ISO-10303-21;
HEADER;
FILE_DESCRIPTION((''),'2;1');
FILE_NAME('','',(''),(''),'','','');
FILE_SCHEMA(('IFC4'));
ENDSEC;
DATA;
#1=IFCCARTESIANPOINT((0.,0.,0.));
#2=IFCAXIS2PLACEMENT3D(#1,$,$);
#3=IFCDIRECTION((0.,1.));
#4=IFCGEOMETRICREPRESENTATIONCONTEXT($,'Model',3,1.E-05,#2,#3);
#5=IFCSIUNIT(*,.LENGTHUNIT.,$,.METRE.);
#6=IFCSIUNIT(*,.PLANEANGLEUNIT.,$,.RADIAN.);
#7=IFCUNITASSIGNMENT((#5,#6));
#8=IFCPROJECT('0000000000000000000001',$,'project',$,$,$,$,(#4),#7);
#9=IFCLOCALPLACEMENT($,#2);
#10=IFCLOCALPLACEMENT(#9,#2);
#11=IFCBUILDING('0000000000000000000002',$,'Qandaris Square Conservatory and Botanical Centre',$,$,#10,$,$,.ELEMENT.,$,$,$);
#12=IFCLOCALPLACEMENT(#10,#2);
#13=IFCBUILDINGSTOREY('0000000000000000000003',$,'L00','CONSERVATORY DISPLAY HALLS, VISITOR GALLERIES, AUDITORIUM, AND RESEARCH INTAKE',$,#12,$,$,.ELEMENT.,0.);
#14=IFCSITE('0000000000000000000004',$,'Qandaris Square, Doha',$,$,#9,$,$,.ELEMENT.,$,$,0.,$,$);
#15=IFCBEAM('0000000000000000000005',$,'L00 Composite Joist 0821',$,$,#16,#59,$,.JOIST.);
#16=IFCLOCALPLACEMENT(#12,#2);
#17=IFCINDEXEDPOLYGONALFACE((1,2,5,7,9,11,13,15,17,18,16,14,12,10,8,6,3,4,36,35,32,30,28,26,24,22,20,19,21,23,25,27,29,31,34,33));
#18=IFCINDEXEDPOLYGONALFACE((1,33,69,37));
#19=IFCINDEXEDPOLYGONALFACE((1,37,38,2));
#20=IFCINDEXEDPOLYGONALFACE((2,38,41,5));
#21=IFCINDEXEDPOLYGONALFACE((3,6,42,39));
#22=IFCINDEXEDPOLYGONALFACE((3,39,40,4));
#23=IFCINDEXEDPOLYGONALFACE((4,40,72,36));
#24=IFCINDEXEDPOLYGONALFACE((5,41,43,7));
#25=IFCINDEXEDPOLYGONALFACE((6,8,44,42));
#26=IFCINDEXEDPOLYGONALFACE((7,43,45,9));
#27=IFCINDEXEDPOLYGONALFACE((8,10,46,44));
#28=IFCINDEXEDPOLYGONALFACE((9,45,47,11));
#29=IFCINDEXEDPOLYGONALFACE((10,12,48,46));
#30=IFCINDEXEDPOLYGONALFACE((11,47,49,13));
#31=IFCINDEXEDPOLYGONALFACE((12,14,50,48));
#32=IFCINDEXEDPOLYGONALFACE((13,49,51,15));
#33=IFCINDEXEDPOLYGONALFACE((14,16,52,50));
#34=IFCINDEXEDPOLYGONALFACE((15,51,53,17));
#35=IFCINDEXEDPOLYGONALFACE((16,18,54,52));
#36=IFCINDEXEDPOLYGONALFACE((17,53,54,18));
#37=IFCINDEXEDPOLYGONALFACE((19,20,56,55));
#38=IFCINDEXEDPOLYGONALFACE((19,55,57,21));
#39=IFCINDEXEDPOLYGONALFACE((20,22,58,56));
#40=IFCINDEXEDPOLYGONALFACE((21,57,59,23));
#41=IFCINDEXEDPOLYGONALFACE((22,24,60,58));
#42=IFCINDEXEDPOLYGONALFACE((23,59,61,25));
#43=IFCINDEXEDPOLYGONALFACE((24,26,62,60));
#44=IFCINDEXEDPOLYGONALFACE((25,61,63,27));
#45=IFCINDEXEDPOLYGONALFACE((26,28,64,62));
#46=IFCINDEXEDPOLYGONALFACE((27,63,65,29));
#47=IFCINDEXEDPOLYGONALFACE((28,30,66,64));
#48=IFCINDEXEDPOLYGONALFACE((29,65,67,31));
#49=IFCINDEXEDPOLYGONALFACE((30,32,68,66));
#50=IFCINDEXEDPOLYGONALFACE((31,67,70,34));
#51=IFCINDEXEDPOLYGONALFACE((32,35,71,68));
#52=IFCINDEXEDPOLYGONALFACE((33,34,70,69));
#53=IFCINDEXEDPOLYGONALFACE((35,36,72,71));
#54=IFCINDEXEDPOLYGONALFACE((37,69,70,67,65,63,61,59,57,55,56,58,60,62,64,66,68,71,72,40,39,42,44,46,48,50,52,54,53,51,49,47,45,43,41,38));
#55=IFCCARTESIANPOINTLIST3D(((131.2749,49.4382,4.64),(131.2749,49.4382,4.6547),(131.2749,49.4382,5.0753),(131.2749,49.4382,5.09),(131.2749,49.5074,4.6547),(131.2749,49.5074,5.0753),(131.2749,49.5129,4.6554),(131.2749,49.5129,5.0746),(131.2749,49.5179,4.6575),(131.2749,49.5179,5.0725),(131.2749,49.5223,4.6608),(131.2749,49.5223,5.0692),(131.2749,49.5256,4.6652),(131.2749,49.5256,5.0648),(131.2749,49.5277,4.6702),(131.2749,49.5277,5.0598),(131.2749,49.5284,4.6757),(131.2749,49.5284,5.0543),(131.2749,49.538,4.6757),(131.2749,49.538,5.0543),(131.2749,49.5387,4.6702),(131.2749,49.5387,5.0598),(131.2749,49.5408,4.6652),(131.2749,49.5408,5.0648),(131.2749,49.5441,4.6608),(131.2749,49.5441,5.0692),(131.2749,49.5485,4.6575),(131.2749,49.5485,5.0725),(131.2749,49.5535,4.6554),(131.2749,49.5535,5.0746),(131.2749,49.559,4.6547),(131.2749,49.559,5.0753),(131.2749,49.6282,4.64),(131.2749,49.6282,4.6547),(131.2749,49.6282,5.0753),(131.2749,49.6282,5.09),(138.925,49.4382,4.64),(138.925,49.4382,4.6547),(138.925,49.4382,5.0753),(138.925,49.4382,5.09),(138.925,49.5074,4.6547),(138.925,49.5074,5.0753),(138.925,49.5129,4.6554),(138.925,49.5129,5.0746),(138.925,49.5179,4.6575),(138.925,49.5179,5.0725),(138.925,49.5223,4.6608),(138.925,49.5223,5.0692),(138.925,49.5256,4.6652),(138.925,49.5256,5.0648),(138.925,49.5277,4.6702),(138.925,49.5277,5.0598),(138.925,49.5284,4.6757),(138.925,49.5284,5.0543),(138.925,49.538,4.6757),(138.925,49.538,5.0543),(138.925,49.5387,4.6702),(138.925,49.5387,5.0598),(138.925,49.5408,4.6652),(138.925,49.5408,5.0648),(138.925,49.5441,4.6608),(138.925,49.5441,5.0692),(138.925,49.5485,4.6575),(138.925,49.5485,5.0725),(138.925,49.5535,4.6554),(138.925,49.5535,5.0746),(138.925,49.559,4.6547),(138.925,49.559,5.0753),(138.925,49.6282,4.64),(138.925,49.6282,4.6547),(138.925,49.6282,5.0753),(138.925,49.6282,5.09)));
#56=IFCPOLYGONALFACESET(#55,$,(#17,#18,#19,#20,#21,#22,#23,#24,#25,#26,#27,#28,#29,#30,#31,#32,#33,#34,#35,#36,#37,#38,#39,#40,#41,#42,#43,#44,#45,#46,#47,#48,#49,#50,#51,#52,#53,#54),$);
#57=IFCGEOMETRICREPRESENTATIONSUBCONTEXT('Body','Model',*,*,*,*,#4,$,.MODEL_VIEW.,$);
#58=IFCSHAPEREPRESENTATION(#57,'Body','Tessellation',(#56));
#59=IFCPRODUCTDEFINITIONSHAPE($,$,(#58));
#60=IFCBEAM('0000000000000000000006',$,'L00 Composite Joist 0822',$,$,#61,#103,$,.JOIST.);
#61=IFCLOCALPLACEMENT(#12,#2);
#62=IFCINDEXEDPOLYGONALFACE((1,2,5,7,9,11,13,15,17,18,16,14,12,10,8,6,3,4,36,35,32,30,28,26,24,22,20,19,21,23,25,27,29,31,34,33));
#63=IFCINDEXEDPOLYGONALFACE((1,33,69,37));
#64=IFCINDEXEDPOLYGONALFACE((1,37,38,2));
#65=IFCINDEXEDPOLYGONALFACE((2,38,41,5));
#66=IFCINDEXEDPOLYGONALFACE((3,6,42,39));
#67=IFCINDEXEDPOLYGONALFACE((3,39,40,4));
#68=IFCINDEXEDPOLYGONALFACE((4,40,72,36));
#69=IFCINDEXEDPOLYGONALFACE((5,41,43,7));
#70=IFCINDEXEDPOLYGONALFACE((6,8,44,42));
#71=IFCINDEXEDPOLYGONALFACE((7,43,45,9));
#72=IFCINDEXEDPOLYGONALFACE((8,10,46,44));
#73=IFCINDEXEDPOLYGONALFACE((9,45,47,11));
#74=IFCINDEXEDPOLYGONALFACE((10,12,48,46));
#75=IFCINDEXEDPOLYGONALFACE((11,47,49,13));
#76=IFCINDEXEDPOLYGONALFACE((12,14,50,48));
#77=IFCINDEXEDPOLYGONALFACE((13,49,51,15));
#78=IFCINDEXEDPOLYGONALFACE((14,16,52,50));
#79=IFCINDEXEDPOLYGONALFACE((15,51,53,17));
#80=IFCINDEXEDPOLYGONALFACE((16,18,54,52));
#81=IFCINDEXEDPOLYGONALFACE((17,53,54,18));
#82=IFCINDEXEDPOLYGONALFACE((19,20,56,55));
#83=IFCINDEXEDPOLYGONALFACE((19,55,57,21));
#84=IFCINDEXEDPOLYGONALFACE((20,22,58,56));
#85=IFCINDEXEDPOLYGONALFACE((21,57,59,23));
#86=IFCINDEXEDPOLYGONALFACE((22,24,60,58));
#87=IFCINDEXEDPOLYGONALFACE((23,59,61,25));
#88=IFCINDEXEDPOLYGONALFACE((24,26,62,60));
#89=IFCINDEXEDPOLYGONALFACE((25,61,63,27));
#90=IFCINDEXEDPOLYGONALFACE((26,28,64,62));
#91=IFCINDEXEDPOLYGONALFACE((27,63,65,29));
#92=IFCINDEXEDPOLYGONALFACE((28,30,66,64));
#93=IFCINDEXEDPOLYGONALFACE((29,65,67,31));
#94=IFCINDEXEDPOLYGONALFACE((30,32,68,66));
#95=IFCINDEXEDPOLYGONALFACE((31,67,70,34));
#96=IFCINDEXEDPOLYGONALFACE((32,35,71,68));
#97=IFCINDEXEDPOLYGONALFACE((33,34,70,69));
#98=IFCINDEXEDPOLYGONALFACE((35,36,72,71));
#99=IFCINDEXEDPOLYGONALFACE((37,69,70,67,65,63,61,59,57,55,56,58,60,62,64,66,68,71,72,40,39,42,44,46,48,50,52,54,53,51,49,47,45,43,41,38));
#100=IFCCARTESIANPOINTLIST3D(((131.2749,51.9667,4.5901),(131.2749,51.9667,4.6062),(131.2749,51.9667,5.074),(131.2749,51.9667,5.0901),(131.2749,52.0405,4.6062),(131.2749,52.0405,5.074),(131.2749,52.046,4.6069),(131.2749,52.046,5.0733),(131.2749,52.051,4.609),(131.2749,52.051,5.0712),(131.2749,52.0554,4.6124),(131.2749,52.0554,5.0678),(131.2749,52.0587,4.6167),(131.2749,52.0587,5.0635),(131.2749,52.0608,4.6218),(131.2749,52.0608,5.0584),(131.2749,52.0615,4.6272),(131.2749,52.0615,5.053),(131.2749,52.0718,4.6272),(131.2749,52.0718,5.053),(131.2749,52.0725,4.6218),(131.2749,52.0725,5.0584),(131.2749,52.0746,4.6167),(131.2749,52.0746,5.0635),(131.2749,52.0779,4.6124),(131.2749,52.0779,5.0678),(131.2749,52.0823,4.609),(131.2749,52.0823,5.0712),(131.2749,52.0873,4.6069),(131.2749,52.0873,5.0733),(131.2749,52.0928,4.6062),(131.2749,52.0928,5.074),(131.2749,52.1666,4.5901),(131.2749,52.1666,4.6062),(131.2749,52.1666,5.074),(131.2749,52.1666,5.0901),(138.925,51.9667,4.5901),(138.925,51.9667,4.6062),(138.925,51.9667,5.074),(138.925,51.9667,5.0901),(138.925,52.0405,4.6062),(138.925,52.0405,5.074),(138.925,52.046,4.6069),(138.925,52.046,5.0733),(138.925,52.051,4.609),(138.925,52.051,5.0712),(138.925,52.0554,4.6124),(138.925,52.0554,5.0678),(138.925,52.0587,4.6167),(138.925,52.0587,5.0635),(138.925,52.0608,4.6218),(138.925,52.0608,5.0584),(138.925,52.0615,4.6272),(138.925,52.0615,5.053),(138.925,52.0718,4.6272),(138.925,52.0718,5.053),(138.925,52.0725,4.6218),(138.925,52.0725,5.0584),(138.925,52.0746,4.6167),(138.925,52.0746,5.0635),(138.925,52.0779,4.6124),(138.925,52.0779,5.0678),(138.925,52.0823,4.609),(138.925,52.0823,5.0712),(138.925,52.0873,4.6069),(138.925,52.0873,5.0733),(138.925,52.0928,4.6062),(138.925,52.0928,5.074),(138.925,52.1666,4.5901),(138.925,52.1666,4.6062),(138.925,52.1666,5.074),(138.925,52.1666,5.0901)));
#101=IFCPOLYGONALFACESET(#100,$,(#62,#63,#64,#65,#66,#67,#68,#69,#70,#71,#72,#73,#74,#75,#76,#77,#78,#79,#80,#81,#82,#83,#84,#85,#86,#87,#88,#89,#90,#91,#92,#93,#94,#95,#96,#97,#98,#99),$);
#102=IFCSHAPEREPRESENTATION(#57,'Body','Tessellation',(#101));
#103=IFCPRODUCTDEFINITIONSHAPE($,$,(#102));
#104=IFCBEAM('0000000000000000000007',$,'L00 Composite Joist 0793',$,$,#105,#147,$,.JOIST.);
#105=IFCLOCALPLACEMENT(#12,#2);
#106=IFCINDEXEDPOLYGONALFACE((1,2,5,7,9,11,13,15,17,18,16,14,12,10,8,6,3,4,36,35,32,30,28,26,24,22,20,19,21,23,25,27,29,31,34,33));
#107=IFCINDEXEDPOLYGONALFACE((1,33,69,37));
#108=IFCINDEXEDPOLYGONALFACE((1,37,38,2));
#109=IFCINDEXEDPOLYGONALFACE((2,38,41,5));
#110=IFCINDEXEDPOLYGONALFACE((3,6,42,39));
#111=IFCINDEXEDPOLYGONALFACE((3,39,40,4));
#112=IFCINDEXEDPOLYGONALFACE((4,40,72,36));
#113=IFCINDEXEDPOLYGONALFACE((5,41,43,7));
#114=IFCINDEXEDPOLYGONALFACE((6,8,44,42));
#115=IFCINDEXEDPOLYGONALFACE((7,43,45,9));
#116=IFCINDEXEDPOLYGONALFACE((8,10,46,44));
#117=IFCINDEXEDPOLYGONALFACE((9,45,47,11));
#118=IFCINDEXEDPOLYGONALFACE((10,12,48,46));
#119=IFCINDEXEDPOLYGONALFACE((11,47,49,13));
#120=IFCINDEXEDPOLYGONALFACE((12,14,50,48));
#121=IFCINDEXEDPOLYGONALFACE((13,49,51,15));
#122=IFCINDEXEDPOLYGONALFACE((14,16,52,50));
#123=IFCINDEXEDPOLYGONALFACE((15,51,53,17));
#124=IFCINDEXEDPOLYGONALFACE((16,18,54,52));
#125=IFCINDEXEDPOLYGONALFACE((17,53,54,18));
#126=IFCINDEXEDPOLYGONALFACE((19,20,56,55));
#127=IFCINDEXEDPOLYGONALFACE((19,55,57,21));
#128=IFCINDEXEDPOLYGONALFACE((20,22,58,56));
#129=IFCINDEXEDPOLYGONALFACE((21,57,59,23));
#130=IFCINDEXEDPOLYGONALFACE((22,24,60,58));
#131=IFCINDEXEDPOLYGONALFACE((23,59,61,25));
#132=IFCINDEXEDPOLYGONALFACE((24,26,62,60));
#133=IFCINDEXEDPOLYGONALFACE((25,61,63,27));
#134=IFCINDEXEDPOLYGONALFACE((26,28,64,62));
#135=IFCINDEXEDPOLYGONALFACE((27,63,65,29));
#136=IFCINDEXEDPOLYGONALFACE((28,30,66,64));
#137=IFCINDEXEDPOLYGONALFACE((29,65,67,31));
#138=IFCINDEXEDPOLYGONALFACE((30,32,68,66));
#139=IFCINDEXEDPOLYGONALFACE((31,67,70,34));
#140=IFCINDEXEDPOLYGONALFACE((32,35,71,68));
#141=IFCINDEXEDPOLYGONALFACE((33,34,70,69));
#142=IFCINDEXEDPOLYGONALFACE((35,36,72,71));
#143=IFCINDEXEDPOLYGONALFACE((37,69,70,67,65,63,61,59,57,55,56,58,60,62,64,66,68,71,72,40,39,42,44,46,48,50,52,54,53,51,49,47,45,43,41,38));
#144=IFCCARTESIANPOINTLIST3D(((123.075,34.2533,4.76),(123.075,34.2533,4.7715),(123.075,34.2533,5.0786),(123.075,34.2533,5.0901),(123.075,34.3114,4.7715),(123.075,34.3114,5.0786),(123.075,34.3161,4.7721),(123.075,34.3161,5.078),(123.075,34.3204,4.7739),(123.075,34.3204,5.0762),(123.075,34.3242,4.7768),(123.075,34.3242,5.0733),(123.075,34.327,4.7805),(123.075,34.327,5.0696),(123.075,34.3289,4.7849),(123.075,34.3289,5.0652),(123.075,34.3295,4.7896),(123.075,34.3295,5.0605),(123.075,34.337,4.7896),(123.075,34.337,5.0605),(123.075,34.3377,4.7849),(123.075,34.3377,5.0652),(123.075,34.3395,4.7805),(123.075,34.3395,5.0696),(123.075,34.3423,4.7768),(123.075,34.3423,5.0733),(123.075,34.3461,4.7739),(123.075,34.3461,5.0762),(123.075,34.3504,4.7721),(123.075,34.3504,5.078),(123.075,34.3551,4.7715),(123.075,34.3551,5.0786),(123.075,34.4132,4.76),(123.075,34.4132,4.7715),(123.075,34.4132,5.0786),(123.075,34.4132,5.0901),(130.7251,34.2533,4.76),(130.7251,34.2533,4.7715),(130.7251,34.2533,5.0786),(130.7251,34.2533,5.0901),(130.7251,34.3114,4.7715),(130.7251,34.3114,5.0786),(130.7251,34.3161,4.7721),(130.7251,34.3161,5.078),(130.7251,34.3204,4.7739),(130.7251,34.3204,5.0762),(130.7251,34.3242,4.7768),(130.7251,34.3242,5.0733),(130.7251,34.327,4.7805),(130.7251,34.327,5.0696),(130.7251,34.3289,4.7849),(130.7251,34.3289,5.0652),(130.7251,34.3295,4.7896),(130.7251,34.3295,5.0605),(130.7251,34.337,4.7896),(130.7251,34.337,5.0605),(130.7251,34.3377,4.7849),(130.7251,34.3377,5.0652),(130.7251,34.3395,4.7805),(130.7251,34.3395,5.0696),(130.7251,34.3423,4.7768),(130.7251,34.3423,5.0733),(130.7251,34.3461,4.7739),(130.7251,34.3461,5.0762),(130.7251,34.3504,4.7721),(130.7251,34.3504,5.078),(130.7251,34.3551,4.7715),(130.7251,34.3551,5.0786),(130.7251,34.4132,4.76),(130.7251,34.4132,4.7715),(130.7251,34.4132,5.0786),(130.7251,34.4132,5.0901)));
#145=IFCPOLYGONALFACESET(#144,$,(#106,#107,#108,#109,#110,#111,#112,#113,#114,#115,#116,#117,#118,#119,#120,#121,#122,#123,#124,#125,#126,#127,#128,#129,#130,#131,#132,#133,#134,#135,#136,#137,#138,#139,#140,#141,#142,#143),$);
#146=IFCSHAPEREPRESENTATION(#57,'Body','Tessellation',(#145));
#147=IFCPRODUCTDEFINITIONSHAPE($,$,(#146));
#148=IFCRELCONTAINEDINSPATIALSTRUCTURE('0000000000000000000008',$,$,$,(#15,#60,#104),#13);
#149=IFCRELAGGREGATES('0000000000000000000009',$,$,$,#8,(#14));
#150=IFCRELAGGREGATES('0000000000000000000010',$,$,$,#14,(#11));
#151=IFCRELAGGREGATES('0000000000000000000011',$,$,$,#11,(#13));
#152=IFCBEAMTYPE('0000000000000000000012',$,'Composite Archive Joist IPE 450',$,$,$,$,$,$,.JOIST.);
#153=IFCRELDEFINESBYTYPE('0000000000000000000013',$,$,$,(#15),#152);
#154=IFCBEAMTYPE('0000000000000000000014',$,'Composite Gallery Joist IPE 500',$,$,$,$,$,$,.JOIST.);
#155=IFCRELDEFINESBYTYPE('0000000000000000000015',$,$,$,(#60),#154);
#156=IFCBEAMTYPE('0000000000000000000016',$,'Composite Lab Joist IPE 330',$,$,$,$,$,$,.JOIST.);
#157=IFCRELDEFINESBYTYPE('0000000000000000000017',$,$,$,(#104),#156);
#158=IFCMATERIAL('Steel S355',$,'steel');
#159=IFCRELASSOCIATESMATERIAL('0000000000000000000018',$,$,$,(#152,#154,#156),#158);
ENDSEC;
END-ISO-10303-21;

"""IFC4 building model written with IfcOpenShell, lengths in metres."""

from ifc_helpers import new_model, si_unit, direction, frame, origin, origin_2d, place, context, subcontext, project, spatial, i_section, extrude, material, material_profile, profile_set, type_object, element, save


model = new_model("IFC4")

# Units and contexts
model_context = context("Model", 3, precision=1e-05, world=origin(), true_north=direction((0.0, 1.0)))
body_context = subcontext(model_context, "Body", "Model", "MODEL_VIEW")
ifc_project = project(units=[si_unit("LENGTHUNIT", "METRE"), si_unit("PLANEANGLEUNIT", "RADIAN")], contexts=[model_context])

# Site, building, storey
site_placement = place(None, origin())
site = spatial("IfcSite", under=ifc_project, at=site_placement, Name="Qandaris Square, Doha", CompositionType="ELEMENT", RefElevation=0.0)
building_placement = place(site_placement, origin())
building = spatial("IfcBuilding", under=site, at=building_placement, Name="Qandaris Square Conservatory and Botanical Centre", CompositionType="ELEMENT")
storey_placement = place(building_placement, origin())
storey = spatial("IfcBuildingStorey", under=building, at=storey_placement, Name="L00", Description="CONSERVATORY DISPLAY HALLS, VISITOR GALLERIES, AUDITORIUM, AND RESEARCH INTAKE", CompositionType="ELEMENT", Elevation=0.0)

# Beams
ifc_material_1 = material(Name="Steel S355", Category="steel")
ifc_material_profile_1 = material_profile(ifc_material_1, i_section(OverallWidth=0.1899, OverallDepth=0.45, WebThickness=0.0095, FlangeThickness=0.0146, FilletRadius=0.021, at=origin_2d()), Name="IPE 450")
ifc_profile_set_1 = profile_set([ifc_material_profile_1], Name="Steel S355")
beam_type_1 = type_object("IfcBeamType", Name="Composite Archive Joist IPE 450", PredefinedType="JOIST", material=ifc_profile_set_1)
for number, where, z_axis, x_axis, name in (
    (1, (131.2749, 49.5332, 4.865), (1.0, 0.0, 0.0), (0.0, 1.0, 0.0), "L00 Composite Joist 0821"),
):
    element("IfcBeam", number, at=place(storey_placement, frame(where, z_axis=z_axis, x_axis=x_axis)), inside=storey, type_object=beam_type_1, Name=name, PredefinedType="JOIST", context=body_context, shape_type="SweptSolid", body=[
        extrude(i_section(OverallWidth=0.1899, OverallDepth=0.45, WebThickness=0.0095, FlangeThickness=0.0146, FilletRadius=0.021, at=origin_2d()), origin(), (0.0, 0.0, 1.0), 7.6501),
    ])
ifc_material_profile_2 = material_profile(ifc_material_1, i_section(OverallWidth=0.2, OverallDepth=0.5, WebThickness=0.0103, FlangeThickness=0.0161, FilletRadius=0.021, at=origin_2d()), Name="IPE 500")
ifc_profile_set_2 = profile_set([ifc_material_profile_2], Name="Steel S355")
beam_type_2 = type_object("IfcBeamType", Name="Composite Gallery Joist IPE 500", PredefinedType="JOIST", material=ifc_profile_set_2)
beam_1_placement = place(storey_placement, frame((131.2749, 52.0667, 4.8401), z_axis=(1.0, 0.0, 0.0), x_axis=(0.0, 1.0, 0.0)))
element("IfcBeam", 2, at=beam_1_placement, inside=storey, type_object=beam_type_2, Name="L00 Composite Joist 0822", PredefinedType="JOIST", context=body_context, shape_type="SweptSolid", body=[
    extrude(i_section(OverallWidth=0.2, OverallDepth=0.5, WebThickness=0.0103, FlangeThickness=0.0161, FilletRadius=0.021, at=origin_2d()), origin(), (0.0, 0.0, 1.0), 7.6501),
])
ifc_material_profile_3 = material_profile(ifc_material_1, i_section(OverallWidth=0.1599, OverallDepth=0.3301, WebThickness=0.0076, FlangeThickness=0.0115, FilletRadius=0.0181, at=origin_2d()), Name="IPE 330")
ifc_profile_set_3 = profile_set([ifc_material_profile_3], Name="Steel S355")
beam_type_3 = type_object("IfcBeamType", Name="Composite Lab Joist IPE 330", PredefinedType="JOIST", material=ifc_profile_set_3)
beam_2_placement = place(storey_placement, frame((123.075, 34.3333, 4.925), z_axis=(1.0, 0.0, 0.0), x_axis=(0.0, 1.0, 0.0)))
element("IfcBeam", 3, at=beam_2_placement, inside=storey, type_object=beam_type_3, Name="L00 Composite Joist 0793", PredefinedType="JOIST", context=body_context, shape_type="SweptSolid", body=[
    extrude(i_section(OverallWidth=0.1599, OverallDepth=0.3301, WebThickness=0.0076, FlangeThickness=0.0115, FilletRadius=0.0181, at=origin_2d()), origin(), (0.0, 0.0, 1.0), 7.6501),
])

save(model, "model.ifc")
